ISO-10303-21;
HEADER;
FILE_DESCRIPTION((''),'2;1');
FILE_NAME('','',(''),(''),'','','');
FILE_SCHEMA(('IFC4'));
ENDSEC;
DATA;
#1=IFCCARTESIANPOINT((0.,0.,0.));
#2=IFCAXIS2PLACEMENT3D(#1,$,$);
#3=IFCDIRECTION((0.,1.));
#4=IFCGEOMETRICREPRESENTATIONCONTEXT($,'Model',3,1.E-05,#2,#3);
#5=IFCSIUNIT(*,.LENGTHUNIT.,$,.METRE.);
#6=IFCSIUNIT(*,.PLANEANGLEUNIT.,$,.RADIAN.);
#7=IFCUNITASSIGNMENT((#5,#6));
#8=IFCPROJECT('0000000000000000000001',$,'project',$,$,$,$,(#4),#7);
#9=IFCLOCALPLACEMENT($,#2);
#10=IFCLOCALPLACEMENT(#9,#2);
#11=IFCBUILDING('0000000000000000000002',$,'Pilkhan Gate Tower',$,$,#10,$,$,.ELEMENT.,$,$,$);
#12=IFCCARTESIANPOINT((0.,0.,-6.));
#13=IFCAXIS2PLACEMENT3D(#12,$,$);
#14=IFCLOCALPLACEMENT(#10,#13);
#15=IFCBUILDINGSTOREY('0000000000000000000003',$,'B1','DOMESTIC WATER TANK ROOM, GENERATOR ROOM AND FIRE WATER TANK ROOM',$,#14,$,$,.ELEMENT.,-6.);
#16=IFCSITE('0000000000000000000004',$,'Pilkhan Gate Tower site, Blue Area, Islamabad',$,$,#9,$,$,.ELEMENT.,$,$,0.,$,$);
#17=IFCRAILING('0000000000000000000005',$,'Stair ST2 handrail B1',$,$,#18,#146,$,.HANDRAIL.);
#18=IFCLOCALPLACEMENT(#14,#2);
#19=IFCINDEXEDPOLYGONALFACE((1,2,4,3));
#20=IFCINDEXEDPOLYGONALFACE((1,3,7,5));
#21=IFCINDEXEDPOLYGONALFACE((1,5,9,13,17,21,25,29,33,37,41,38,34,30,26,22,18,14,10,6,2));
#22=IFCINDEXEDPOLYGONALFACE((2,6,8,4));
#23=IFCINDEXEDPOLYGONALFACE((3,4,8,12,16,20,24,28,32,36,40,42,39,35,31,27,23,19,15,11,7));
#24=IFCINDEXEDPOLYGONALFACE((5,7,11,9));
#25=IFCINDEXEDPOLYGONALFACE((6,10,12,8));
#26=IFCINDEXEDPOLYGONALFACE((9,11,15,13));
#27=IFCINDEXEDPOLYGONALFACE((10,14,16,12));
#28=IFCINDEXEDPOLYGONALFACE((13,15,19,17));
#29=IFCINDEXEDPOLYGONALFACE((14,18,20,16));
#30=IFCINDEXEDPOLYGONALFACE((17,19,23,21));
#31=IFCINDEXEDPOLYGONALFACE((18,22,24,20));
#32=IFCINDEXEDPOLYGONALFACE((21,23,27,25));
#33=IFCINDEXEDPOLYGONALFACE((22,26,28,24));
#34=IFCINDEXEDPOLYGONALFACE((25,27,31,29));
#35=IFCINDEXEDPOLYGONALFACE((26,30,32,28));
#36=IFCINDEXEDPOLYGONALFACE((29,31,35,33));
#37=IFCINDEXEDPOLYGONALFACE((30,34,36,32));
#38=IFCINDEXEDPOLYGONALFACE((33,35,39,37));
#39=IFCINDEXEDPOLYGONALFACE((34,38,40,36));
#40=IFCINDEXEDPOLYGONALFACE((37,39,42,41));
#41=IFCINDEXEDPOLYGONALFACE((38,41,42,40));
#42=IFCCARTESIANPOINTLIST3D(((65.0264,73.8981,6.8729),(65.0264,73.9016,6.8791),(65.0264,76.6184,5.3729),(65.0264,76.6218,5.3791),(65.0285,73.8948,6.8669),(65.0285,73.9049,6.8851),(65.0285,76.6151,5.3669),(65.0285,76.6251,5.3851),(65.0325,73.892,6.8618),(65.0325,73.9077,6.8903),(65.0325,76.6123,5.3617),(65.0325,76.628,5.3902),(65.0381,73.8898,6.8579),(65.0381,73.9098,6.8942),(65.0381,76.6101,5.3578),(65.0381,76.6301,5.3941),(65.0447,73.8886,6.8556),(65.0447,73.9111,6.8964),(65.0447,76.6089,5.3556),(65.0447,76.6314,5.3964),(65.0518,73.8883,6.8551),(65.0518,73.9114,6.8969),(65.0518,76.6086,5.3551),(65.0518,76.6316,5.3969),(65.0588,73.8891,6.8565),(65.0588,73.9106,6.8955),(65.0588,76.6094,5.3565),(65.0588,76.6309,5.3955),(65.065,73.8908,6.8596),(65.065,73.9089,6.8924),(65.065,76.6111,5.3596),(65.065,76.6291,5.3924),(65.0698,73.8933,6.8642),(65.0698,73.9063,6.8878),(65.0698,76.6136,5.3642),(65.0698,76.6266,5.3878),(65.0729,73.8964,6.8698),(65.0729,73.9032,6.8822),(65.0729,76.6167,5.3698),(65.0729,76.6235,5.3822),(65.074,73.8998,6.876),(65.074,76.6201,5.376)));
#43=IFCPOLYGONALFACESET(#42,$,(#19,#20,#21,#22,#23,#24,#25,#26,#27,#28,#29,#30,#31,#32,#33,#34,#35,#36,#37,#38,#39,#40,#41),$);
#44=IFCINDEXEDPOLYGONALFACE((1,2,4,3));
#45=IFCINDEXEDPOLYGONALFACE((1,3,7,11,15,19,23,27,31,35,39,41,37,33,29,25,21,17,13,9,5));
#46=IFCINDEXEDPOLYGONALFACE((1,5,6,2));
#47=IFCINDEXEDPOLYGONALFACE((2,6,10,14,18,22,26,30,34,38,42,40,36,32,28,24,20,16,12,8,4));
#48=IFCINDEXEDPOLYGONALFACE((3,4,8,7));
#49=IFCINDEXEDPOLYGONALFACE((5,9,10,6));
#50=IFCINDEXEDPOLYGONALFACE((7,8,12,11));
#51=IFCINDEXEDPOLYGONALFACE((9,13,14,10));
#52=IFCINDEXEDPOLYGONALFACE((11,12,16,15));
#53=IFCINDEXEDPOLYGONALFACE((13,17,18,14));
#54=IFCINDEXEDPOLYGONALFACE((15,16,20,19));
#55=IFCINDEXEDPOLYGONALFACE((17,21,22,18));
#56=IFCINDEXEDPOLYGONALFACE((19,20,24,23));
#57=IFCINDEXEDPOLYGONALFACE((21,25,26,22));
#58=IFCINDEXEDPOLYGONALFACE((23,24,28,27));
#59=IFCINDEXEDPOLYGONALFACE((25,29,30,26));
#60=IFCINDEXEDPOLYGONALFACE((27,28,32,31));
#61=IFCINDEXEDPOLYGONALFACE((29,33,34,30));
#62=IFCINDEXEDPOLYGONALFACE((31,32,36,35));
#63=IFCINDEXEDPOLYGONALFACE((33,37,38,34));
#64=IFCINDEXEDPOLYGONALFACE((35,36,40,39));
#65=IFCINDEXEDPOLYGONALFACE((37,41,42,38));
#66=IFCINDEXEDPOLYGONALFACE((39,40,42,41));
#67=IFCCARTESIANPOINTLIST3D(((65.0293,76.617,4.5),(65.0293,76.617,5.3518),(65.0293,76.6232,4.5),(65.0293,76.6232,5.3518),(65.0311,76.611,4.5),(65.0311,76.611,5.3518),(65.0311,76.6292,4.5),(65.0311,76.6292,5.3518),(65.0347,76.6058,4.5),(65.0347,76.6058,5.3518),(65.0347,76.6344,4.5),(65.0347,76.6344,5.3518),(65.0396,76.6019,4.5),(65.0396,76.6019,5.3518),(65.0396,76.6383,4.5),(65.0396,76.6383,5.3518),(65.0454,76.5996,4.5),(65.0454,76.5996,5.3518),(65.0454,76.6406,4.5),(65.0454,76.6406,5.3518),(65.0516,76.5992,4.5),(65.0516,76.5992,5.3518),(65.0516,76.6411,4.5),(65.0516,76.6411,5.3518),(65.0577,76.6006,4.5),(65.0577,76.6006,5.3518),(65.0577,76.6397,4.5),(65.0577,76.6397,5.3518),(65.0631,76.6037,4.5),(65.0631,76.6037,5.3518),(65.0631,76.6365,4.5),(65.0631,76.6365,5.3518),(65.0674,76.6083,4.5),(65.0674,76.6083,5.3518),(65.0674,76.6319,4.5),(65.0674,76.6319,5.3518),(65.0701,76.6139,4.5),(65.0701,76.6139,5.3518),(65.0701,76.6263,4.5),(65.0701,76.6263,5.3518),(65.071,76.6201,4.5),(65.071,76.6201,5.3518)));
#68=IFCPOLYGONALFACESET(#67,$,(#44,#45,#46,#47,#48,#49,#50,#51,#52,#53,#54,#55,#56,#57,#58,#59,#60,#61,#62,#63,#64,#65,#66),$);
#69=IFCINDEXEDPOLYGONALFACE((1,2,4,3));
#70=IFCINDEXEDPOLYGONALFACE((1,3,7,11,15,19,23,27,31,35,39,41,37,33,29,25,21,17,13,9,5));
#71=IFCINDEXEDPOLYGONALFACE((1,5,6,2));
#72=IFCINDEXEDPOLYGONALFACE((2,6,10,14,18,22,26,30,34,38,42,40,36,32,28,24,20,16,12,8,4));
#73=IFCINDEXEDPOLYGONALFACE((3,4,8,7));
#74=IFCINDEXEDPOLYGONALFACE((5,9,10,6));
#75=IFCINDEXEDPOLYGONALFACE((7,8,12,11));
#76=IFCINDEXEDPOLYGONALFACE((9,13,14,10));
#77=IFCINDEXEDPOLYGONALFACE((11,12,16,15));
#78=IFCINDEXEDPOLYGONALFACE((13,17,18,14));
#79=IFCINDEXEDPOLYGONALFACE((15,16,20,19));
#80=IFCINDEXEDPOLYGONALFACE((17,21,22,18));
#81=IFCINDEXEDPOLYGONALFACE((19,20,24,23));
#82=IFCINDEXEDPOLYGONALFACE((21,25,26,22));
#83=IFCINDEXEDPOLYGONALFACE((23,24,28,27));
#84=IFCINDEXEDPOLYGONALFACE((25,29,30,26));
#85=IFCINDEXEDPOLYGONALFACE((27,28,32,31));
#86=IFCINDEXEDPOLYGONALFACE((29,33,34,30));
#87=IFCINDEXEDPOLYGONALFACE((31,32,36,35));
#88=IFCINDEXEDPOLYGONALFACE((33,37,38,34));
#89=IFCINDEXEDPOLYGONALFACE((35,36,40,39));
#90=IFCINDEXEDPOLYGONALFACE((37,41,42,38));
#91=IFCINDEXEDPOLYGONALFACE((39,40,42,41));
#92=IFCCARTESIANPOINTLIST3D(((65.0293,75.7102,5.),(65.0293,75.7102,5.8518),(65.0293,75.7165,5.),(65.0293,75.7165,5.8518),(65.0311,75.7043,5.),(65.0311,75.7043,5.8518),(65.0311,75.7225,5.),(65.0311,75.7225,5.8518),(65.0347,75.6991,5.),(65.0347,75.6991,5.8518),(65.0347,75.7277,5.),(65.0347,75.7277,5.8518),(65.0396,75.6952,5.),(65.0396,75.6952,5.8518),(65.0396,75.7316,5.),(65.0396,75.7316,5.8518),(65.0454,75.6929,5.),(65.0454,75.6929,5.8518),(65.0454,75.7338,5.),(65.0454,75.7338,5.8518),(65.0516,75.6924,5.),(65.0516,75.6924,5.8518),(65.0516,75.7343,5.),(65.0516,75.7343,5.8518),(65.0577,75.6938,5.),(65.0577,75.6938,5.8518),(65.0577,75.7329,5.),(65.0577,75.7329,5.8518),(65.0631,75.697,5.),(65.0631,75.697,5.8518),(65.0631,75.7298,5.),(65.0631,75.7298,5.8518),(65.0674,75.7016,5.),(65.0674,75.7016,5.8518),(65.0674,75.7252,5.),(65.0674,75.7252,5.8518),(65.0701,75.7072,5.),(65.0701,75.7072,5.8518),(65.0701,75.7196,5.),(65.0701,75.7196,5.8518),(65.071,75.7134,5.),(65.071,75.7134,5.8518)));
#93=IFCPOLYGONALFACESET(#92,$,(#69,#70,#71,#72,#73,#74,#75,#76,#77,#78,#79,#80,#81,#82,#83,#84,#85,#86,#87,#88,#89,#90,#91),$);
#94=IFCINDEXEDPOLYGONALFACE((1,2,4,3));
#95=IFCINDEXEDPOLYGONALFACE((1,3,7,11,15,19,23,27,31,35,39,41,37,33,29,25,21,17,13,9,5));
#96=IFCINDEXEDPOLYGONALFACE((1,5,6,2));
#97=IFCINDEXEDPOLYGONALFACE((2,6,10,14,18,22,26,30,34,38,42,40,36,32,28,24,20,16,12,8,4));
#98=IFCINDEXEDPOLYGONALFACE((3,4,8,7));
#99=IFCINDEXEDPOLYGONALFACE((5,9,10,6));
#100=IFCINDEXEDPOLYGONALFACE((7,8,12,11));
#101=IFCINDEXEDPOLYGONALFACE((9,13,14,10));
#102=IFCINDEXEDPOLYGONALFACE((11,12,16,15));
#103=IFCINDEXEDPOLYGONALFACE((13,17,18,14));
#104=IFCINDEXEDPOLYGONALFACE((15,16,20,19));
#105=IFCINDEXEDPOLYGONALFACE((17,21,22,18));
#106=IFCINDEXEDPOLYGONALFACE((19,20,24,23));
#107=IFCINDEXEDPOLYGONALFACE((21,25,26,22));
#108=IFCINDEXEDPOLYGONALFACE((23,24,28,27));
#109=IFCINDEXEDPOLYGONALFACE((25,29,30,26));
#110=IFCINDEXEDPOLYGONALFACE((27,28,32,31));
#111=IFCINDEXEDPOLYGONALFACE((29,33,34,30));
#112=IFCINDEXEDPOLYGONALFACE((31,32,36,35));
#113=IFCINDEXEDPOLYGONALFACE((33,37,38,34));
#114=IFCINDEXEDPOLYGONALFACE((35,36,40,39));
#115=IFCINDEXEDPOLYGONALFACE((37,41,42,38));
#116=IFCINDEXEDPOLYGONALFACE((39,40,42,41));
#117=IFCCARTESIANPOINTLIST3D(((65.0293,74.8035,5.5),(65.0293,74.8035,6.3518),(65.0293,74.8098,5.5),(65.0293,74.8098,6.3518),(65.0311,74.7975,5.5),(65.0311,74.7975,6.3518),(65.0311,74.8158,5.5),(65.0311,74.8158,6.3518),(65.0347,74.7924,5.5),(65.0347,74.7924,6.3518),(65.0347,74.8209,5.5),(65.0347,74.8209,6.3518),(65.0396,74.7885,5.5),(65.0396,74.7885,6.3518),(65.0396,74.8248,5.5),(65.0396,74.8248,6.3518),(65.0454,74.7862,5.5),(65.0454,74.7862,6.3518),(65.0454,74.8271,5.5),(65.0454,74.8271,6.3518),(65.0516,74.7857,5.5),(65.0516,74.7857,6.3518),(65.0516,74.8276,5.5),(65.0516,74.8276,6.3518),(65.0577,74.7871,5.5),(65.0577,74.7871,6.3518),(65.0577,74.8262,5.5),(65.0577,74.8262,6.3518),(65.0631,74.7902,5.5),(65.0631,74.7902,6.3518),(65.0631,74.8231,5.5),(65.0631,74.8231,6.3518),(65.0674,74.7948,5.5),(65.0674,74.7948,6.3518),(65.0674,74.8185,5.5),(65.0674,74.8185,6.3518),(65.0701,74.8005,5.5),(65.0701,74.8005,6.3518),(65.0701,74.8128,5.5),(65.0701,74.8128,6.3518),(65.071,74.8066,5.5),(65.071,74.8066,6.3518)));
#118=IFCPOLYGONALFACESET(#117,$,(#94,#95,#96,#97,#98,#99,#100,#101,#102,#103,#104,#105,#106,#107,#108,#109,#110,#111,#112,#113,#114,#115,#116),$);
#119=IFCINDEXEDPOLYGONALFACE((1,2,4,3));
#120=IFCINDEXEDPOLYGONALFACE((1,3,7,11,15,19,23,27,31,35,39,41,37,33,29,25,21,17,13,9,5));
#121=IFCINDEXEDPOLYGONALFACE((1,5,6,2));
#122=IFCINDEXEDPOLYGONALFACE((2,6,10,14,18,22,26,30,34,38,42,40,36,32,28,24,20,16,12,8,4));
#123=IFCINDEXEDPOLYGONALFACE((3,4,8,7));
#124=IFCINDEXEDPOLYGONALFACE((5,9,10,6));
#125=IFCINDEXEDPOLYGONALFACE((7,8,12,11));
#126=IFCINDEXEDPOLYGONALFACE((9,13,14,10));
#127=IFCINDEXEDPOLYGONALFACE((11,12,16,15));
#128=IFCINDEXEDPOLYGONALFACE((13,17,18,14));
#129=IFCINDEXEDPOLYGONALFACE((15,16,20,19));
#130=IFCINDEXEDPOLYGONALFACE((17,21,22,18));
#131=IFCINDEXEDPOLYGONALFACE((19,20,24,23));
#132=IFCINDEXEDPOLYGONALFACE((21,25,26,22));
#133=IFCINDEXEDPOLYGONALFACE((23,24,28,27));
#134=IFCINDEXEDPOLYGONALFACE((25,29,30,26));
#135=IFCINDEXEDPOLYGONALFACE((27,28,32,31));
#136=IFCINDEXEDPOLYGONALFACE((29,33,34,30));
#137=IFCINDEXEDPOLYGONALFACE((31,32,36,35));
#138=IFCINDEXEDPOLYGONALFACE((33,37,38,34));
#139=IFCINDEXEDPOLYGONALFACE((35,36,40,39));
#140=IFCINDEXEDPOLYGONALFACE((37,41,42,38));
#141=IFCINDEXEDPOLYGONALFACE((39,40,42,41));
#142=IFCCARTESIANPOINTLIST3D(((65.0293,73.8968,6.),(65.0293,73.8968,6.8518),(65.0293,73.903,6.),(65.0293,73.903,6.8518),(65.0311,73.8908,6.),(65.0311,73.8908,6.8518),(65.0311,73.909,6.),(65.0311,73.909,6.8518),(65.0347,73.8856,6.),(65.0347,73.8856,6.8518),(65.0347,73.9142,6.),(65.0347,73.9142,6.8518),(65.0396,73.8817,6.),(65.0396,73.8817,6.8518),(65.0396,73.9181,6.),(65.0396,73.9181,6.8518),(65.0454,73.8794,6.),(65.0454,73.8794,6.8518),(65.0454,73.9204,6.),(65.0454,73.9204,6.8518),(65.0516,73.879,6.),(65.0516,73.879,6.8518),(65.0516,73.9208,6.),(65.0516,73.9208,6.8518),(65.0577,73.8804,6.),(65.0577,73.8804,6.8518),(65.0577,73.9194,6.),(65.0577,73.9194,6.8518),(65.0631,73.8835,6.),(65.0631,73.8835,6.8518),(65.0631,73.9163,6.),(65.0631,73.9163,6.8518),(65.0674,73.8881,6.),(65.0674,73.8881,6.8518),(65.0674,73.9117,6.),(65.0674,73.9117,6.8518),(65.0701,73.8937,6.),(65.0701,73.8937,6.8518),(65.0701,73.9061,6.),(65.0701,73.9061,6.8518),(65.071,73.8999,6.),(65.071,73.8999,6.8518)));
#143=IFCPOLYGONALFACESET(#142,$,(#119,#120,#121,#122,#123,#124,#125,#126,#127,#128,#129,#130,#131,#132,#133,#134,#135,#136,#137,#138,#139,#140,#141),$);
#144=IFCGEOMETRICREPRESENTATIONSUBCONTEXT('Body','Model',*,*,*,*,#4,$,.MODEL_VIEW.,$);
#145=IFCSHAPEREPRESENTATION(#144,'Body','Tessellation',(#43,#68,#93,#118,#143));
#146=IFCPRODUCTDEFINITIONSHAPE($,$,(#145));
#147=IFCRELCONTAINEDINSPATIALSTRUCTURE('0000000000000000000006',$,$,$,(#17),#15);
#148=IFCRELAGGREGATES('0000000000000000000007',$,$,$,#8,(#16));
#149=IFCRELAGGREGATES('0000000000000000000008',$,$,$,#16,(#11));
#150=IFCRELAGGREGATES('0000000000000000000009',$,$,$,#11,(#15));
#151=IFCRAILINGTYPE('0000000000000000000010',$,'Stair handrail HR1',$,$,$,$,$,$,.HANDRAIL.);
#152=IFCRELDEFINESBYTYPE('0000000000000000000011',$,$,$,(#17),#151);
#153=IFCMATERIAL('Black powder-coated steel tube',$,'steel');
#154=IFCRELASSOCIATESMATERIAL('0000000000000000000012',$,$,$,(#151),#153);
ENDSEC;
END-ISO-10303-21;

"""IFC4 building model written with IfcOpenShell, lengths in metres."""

from ifc_helpers import new_model, si_unit, direction, frame, origin, origin_2d, place, context, subcontext, project, spatial, circle, extrude, material, type_object, element, save


model = new_model("IFC4")

# Units and contexts
model_context = context("Model", 3, precision=1e-05, world=origin(), true_north=direction((0.0, 1.0)))
body_context = subcontext(model_context, "Body", "Model", "MODEL_VIEW")
ifc_project = project(units=[si_unit("LENGTHUNIT", "METRE"), si_unit("PLANEANGLEUNIT", "RADIAN")], contexts=[model_context])

# Site, building, storey
site_placement = place(None, origin())
site = spatial("IfcSite", under=ifc_project, at=site_placement, Name="Pilkhan Gate Tower site, Blue Area, Islamabad", CompositionType="ELEMENT", RefElevation=0.0)
building_placement = place(site_placement, origin())
building = spatial("IfcBuilding", under=site, at=building_placement, Name="Pilkhan Gate Tower", CompositionType="ELEMENT")
storey_placement = place(building_placement, frame((0.0, 0.0, -6.0)))
storey = spatial("IfcBuildingStorey", under=building, at=storey_placement, Name="B1", Description="DOMESTIC WATER TANK ROOM, GENERATOR ROOM AND FIRE WATER TANK ROOM", CompositionType="ELEMENT", Elevation=-6.0)

# Railing
ifc_material_1 = material(Name="Black powder-coated steel tube", Category="steel")
railing_type_1 = type_object("IfcRailingType", Name="Stair handrail HR1", PredefinedType="HANDRAIL", material=ifc_material_1)
railing_1_placement = place(storey_placement, frame((65.05, 76.6201, 4.5)))
element("IfcRailing", 1, at=railing_1_placement, inside=storey, type_object=railing_type_1, Name="Stair ST2 handrail B1", PredefinedType="HANDRAIL", context=body_context, shape_type="SweptSolid", body=[
    extrude(circle(Radius=0.0239, at=origin_2d()), frame((0.0, 0.0, 0.876), z_axis=(0.0, -0.875688, 0.482878), x_axis=(1.0, 0.0, 0.0)), (0.0, 0.0, 1.0), 3.1064),
    extrude(circle(Radius=0.021, at=origin_2d()), origin(), (0.0, 0.0, 1.0), 0.8518),
    extrude(circle(Radius=0.021, at=origin_2d()), frame((0.0, -0.9067, 0.5)), (0.0, 0.0, 1.0), 0.8518),
    extrude(circle(Radius=0.021, at=origin_2d()), frame((0.0, -1.8135, 1.0)), (0.0, 0.0, 1.0), 0.8518),
    extrude(circle(Radius=0.021, at=origin_2d()), frame((0.0, -2.7202, 1.5)), (0.0, 0.0, 1.0), 0.8518),
])

save(model, "model.ifc")
